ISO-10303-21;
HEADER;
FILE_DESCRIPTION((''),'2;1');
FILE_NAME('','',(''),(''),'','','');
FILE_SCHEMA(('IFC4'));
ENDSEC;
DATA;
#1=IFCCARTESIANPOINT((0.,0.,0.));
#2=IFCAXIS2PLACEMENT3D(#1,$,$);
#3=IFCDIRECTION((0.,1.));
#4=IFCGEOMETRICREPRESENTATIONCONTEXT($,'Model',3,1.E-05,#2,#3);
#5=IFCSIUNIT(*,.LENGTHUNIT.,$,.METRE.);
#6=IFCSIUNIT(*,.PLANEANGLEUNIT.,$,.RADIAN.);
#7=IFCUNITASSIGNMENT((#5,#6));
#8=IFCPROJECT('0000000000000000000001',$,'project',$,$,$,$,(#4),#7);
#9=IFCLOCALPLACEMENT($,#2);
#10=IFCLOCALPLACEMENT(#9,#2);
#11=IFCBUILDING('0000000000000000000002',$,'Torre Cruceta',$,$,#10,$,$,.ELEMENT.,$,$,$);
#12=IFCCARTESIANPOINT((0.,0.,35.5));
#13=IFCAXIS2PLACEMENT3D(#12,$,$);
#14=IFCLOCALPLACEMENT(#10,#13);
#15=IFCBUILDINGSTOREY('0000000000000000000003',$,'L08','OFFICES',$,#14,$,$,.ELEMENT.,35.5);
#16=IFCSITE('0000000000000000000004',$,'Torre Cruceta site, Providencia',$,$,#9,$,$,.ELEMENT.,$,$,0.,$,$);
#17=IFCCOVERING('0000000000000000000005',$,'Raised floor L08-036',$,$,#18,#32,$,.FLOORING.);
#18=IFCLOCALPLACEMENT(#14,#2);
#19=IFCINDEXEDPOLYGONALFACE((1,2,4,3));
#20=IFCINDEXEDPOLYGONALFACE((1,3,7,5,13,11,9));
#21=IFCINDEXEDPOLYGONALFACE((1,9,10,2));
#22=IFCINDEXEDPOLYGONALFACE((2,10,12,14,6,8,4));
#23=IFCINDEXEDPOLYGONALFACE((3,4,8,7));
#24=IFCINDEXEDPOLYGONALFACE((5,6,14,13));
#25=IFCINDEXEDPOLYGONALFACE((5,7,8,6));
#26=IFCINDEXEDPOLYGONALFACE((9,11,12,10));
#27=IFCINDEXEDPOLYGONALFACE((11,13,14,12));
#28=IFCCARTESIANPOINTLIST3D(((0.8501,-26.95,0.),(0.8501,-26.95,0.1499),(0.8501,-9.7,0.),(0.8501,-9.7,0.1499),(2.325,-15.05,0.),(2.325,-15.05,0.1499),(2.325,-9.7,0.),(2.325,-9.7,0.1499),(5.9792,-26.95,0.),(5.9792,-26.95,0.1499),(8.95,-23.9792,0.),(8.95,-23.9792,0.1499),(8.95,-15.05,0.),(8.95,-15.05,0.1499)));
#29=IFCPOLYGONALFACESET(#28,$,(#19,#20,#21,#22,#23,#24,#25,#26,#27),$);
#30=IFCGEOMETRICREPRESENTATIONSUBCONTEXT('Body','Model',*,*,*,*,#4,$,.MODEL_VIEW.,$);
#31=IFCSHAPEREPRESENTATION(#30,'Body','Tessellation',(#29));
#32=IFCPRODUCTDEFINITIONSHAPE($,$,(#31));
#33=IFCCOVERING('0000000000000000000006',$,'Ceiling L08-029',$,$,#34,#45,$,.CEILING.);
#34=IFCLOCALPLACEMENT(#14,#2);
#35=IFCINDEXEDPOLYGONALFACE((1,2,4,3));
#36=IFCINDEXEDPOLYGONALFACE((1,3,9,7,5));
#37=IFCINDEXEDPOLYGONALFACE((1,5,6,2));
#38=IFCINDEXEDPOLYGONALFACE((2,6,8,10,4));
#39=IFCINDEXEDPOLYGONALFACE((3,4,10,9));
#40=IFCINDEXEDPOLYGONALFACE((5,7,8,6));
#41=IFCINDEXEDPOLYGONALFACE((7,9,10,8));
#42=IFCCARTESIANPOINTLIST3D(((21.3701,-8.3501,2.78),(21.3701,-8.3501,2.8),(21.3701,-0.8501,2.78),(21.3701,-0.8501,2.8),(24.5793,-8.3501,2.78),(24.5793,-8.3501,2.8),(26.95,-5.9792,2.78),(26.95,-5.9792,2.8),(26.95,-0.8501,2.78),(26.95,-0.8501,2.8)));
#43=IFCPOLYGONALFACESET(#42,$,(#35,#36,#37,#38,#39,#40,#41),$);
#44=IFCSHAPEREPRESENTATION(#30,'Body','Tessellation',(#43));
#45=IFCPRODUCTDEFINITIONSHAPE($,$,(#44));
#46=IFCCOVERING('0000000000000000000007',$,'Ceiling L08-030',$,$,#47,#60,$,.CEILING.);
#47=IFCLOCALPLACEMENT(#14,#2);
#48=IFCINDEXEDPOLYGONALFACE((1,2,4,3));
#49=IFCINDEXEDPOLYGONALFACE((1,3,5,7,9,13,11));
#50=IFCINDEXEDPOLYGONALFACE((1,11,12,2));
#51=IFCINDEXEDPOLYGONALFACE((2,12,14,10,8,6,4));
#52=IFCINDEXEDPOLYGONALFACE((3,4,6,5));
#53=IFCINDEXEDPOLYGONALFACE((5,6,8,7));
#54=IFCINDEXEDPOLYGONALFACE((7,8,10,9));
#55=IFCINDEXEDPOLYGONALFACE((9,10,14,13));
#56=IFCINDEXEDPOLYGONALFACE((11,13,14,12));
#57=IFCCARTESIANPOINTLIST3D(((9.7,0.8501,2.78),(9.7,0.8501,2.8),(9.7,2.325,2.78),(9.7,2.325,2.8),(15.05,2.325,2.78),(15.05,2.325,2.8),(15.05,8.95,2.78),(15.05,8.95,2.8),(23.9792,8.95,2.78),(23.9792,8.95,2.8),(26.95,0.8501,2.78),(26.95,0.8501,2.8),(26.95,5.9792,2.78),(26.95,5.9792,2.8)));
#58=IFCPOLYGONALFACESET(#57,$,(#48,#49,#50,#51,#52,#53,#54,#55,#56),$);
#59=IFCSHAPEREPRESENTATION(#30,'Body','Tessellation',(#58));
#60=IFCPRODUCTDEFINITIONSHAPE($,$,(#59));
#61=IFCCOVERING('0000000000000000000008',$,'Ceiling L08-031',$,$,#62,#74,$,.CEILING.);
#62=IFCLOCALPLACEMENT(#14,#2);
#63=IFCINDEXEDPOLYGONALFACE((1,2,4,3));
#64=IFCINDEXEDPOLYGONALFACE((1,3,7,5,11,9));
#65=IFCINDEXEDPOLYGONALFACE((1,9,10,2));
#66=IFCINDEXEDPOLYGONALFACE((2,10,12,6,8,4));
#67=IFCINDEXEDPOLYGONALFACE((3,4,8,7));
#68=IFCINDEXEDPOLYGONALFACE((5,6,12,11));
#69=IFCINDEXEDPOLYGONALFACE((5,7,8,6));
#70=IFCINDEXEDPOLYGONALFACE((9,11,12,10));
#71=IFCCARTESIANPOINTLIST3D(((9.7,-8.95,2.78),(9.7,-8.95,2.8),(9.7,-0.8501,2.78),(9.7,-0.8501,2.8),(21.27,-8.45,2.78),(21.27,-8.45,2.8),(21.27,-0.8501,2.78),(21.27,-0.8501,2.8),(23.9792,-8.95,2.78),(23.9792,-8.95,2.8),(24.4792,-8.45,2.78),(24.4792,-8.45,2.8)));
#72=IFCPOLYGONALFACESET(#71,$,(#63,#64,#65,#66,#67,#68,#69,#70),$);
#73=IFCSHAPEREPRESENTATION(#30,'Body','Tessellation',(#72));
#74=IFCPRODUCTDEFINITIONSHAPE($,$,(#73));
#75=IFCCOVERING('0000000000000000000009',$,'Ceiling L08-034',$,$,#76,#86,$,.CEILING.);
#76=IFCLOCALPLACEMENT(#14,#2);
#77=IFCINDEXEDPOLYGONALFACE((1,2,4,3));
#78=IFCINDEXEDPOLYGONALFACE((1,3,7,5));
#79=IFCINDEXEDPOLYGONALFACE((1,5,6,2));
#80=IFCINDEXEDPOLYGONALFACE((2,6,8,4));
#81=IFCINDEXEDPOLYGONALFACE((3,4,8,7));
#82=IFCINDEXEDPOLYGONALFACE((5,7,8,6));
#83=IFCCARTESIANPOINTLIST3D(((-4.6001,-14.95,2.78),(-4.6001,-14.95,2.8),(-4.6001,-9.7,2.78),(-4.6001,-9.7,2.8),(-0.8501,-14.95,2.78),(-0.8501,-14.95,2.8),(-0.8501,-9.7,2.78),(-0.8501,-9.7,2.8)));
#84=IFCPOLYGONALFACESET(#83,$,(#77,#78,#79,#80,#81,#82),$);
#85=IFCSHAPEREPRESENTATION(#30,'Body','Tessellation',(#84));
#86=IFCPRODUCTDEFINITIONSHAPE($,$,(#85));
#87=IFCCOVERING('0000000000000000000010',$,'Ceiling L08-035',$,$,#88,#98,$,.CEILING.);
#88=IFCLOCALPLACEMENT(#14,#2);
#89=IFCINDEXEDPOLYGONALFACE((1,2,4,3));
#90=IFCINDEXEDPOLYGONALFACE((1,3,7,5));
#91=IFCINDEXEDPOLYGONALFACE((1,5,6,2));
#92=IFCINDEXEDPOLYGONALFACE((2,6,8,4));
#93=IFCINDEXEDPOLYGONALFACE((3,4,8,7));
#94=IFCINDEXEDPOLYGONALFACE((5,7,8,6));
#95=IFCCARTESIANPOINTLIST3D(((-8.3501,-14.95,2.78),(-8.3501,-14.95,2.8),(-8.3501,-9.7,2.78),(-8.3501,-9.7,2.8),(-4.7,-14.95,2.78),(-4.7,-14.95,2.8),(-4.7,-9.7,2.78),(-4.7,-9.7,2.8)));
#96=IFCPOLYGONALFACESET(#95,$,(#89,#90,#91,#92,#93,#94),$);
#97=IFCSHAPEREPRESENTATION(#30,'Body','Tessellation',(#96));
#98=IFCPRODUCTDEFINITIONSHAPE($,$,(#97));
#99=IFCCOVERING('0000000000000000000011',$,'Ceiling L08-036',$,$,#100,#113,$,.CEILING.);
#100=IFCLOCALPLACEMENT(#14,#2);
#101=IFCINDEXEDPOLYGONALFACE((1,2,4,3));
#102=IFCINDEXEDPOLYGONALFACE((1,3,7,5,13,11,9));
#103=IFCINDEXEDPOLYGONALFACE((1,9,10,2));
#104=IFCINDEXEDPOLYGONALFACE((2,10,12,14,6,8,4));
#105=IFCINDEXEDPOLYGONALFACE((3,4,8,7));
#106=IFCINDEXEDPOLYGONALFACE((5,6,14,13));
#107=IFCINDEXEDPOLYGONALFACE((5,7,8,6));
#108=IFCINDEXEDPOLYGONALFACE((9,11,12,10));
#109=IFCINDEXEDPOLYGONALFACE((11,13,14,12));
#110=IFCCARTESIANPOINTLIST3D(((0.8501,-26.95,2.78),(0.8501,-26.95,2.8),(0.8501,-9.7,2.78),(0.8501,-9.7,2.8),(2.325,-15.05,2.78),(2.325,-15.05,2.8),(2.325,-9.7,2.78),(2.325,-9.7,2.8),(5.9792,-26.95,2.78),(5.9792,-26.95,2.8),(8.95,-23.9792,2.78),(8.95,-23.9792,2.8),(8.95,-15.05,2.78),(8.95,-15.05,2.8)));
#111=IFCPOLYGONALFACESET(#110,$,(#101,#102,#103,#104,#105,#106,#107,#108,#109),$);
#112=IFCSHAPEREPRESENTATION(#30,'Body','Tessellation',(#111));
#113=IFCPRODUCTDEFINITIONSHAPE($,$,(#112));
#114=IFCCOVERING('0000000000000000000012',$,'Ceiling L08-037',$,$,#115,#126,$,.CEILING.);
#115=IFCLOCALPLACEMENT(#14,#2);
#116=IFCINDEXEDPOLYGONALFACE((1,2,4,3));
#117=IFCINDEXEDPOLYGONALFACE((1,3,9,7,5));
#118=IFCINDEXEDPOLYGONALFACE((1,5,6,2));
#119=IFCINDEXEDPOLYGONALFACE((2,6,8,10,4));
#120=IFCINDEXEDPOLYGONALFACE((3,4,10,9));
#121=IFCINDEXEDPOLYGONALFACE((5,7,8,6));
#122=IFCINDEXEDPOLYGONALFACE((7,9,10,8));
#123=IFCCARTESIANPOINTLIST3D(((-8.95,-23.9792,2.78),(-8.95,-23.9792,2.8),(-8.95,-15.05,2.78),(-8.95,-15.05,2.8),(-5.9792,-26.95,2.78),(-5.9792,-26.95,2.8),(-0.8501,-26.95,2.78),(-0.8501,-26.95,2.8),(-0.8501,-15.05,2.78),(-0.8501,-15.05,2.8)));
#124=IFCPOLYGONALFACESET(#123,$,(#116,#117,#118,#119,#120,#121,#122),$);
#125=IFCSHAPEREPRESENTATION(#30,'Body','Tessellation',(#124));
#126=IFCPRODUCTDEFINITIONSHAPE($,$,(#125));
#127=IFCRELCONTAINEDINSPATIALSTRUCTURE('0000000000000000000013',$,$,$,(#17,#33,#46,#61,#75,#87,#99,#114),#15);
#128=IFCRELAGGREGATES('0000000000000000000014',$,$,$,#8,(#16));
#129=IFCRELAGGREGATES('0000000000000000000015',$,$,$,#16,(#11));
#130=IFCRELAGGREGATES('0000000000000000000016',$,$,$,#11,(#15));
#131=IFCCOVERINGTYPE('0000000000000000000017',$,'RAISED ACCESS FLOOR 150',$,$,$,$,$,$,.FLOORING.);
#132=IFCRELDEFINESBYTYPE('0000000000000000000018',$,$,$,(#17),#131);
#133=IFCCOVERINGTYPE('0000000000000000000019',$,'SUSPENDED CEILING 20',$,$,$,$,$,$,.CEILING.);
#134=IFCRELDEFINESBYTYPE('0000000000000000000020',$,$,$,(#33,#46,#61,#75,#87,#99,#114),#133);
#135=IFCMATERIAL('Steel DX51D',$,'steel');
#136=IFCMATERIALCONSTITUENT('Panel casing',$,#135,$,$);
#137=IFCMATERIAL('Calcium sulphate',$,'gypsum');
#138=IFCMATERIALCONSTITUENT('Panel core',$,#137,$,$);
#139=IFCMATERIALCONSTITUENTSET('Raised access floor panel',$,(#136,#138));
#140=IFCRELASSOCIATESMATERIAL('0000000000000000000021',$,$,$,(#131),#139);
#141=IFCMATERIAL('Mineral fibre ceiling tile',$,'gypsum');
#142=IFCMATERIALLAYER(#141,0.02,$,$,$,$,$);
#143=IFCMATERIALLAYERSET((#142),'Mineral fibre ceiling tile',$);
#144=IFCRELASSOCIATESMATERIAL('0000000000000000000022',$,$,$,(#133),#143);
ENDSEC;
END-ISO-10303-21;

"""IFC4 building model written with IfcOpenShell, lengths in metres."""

from ifc_helpers import new_model, si_unit, direction, frame, origin, place, context, subcontext, project, spatial, polyline, outline, extrude, material, layer, layer_set, constituent, constituent_set, type_object, element, save


model = new_model("IFC4")

# Units and contexts
model_context = context("Model", 3, precision=1e-05, world=origin(), true_north=direction((0.0, 1.0)))
body_context = subcontext(model_context, "Body", "Model", "MODEL_VIEW")
ifc_project = project(units=[si_unit("LENGTHUNIT", "METRE"), si_unit("PLANEANGLEUNIT", "RADIAN")], contexts=[model_context])

# Site, building, storey
site_placement = place(None, origin())
site = spatial("IfcSite", under=ifc_project, at=site_placement, Name="Torre Cruceta site, Providencia", CompositionType="ELEMENT", RefElevation=0.0)
building_placement = place(site_placement, origin())
building = spatial("IfcBuilding", under=site, at=building_placement, Name="Torre Cruceta", CompositionType="ELEMENT")
storey_placement = place(building_placement, frame((0.0, 0.0, 35.5)))
storey = spatial("IfcBuildingStorey", under=building, at=storey_placement, Name="L08", Description="OFFICES", CompositionType="ELEMENT", Elevation=35.5)

# Coverings
ifc_material_1 = material(Name="Steel DX51D", Category="steel")
ifc_constituent_1 = constituent(ifc_material_1, Name="Panel casing")
ifc_material_2 = material(Name="Calcium sulphate", Category="gypsum")
ifc_constituent_2 = constituent(ifc_material_2, Name="Panel core")
ifc_constituent_set_1 = constituent_set(constituents=[ifc_constituent_1, ifc_constituent_2], Name="Raised access floor panel")
covering_type_1 = type_object("IfcCoveringType", Name="RAISED ACCESS FLOOR 150", PredefinedType="FLOORING", material=ifc_constituent_set_1)
covering_1_placement = place(storey_placement, origin())
element("IfcCovering", 1, at=covering_1_placement, inside=storey, type_object=covering_type_1, Name="Raised floor L08-036", PredefinedType="FLOORING", context=body_context, shape_type="SweptSolid", body=[
    extrude(outline(polyline([(0.8501, -26.95), (0.8501, -9.7), (2.325, -9.7), (2.325, -15.05), (8.95, -15.05), (8.95, -23.9792), (5.9792, -26.95), (0.8501, -26.95)])), origin(), (0.0, 0.0, 1.0), 0.1499),
])
ifc_material_3 = material(Name="Mineral fibre ceiling tile", Category="gypsum")
ifc_layer_1 = layer(ifc_material_3, 0.02)
ifc_layer_set_1 = layer_set([ifc_layer_1], Name="Mineral fibre ceiling tile")
covering_type_2 = type_object("IfcCoveringType", Name="SUSPENDED CEILING 20", PredefinedType="CEILING", material=ifc_layer_set_1)
covering_2_placement = place(storey_placement, frame((0.0, 0.0, 2.78)))
element("IfcCovering", 2, at=covering_2_placement, inside=storey, type_object=covering_type_2, Name="Ceiling L08-029", PredefinedType="CEILING", context=body_context, shape_type="SweptSolid", body=[
    extrude(outline(polyline([(24.5793, -8.3501), (21.3701, -8.3501), (21.3701, -0.8501), (26.95, -0.8501), (26.95, -5.9792), (24.5793, -8.3501)])), origin(), (0.0, 0.0, 1.0), 0.02),
])
covering_3_placement = place(storey_placement, frame((0.0, 0.0, 2.78)))
element("IfcCovering", 3, at=covering_3_placement, inside=storey, type_object=covering_type_2, Name="Ceiling L08-030", PredefinedType="CEILING", context=body_context, shape_type="SweptSolid", body=[
    extrude(outline(polyline([(26.95, 0.8501), (9.7, 0.8501), (9.7, 2.325), (15.05, 2.325), (15.05, 8.95), (23.9792, 8.95), (26.95, 5.9792), (26.95, 0.8501)])), origin(), (0.0, 0.0, 1.0), 0.02),
])
covering_4_placement = place(storey_placement, frame((0.0, 0.0, 2.78)))
element("IfcCovering", 4, at=covering_4_placement, inside=storey, type_object=covering_type_2, Name="Ceiling L08-031", PredefinedType="CEILING", context=body_context, shape_type="SweptSolid", body=[
    extrude(outline(polyline([(21.27, -8.45), (24.4792, -8.45), (23.9792, -8.95), (9.7, -8.95), (9.7, -0.8501), (21.27, -0.8501), (21.27, -8.45)])), origin(), (0.0, 0.0, 1.0), 0.02),
])
covering_5_placement = place(storey_placement, frame((0.0, 0.0, 2.78)))
element("IfcCovering", 5, at=covering_5_placement, inside=storey, type_object=covering_type_2, Name="Ceiling L08-034", PredefinedType="CEILING", context=body_context, shape_type="SweptSolid", body=[
    extrude(outline(polyline([(-4.6001, -9.7), (-0.8501, -9.7), (-0.8501, -14.95), (-4.6001, -14.95), (-4.6001, -9.7)])), origin(), (0.0, 0.0, 1.0), 0.02),
])
covering_6_placement = place(storey_placement, frame((0.0, 0.0, 2.78)))
element("IfcCovering", 6, at=covering_6_placement, inside=storey, type_object=covering_type_2, Name="Ceiling L08-035", PredefinedType="CEILING", context=body_context, shape_type="SweptSolid", body=[
    extrude(outline(polyline([(-8.3501, -9.7), (-4.7, -9.7), (-4.7, -14.95), (-8.3501, -14.95), (-8.3501, -9.7)])), origin(), (0.0, 0.0, 1.0), 0.02),
])
covering_7_placement = place(storey_placement, frame((0.0, 0.0, 2.78)))
element("IfcCovering", 7, at=covering_7_placement, inside=storey, type_object=covering_type_2, Name="Ceiling L08-036", PredefinedType="CEILING", context=body_context, shape_type="SweptSolid", body=[
    extrude(outline(polyline([(0.8501, -26.95), (0.8501, -9.7), (2.325, -9.7), (2.325, -15.05), (8.95, -15.05), (8.95, -23.9792), (5.9792, -26.95), (0.8501, -26.95)])), origin(), (0.0, 0.0, 1.0), 0.02),
])
covering_8_placement = place(storey_placement, frame((0.0, 0.0, 2.78)))
element("IfcCovering", 8, at=covering_8_placement, inside=storey, type_object=covering_type_2, Name="Ceiling L08-037", PredefinedType="CEILING", context=body_context, shape_type="SweptSolid", body=[
    extrude(outline(polyline([(-5.9792, -26.95), (-8.95, -23.9792), (-8.95, -15.05), (-0.8501, -15.05), (-0.8501, -26.95), (-5.9792, -26.95)])), origin(), (0.0, 0.0, 1.0), 0.02),
])

save(model, "model.ifc")
